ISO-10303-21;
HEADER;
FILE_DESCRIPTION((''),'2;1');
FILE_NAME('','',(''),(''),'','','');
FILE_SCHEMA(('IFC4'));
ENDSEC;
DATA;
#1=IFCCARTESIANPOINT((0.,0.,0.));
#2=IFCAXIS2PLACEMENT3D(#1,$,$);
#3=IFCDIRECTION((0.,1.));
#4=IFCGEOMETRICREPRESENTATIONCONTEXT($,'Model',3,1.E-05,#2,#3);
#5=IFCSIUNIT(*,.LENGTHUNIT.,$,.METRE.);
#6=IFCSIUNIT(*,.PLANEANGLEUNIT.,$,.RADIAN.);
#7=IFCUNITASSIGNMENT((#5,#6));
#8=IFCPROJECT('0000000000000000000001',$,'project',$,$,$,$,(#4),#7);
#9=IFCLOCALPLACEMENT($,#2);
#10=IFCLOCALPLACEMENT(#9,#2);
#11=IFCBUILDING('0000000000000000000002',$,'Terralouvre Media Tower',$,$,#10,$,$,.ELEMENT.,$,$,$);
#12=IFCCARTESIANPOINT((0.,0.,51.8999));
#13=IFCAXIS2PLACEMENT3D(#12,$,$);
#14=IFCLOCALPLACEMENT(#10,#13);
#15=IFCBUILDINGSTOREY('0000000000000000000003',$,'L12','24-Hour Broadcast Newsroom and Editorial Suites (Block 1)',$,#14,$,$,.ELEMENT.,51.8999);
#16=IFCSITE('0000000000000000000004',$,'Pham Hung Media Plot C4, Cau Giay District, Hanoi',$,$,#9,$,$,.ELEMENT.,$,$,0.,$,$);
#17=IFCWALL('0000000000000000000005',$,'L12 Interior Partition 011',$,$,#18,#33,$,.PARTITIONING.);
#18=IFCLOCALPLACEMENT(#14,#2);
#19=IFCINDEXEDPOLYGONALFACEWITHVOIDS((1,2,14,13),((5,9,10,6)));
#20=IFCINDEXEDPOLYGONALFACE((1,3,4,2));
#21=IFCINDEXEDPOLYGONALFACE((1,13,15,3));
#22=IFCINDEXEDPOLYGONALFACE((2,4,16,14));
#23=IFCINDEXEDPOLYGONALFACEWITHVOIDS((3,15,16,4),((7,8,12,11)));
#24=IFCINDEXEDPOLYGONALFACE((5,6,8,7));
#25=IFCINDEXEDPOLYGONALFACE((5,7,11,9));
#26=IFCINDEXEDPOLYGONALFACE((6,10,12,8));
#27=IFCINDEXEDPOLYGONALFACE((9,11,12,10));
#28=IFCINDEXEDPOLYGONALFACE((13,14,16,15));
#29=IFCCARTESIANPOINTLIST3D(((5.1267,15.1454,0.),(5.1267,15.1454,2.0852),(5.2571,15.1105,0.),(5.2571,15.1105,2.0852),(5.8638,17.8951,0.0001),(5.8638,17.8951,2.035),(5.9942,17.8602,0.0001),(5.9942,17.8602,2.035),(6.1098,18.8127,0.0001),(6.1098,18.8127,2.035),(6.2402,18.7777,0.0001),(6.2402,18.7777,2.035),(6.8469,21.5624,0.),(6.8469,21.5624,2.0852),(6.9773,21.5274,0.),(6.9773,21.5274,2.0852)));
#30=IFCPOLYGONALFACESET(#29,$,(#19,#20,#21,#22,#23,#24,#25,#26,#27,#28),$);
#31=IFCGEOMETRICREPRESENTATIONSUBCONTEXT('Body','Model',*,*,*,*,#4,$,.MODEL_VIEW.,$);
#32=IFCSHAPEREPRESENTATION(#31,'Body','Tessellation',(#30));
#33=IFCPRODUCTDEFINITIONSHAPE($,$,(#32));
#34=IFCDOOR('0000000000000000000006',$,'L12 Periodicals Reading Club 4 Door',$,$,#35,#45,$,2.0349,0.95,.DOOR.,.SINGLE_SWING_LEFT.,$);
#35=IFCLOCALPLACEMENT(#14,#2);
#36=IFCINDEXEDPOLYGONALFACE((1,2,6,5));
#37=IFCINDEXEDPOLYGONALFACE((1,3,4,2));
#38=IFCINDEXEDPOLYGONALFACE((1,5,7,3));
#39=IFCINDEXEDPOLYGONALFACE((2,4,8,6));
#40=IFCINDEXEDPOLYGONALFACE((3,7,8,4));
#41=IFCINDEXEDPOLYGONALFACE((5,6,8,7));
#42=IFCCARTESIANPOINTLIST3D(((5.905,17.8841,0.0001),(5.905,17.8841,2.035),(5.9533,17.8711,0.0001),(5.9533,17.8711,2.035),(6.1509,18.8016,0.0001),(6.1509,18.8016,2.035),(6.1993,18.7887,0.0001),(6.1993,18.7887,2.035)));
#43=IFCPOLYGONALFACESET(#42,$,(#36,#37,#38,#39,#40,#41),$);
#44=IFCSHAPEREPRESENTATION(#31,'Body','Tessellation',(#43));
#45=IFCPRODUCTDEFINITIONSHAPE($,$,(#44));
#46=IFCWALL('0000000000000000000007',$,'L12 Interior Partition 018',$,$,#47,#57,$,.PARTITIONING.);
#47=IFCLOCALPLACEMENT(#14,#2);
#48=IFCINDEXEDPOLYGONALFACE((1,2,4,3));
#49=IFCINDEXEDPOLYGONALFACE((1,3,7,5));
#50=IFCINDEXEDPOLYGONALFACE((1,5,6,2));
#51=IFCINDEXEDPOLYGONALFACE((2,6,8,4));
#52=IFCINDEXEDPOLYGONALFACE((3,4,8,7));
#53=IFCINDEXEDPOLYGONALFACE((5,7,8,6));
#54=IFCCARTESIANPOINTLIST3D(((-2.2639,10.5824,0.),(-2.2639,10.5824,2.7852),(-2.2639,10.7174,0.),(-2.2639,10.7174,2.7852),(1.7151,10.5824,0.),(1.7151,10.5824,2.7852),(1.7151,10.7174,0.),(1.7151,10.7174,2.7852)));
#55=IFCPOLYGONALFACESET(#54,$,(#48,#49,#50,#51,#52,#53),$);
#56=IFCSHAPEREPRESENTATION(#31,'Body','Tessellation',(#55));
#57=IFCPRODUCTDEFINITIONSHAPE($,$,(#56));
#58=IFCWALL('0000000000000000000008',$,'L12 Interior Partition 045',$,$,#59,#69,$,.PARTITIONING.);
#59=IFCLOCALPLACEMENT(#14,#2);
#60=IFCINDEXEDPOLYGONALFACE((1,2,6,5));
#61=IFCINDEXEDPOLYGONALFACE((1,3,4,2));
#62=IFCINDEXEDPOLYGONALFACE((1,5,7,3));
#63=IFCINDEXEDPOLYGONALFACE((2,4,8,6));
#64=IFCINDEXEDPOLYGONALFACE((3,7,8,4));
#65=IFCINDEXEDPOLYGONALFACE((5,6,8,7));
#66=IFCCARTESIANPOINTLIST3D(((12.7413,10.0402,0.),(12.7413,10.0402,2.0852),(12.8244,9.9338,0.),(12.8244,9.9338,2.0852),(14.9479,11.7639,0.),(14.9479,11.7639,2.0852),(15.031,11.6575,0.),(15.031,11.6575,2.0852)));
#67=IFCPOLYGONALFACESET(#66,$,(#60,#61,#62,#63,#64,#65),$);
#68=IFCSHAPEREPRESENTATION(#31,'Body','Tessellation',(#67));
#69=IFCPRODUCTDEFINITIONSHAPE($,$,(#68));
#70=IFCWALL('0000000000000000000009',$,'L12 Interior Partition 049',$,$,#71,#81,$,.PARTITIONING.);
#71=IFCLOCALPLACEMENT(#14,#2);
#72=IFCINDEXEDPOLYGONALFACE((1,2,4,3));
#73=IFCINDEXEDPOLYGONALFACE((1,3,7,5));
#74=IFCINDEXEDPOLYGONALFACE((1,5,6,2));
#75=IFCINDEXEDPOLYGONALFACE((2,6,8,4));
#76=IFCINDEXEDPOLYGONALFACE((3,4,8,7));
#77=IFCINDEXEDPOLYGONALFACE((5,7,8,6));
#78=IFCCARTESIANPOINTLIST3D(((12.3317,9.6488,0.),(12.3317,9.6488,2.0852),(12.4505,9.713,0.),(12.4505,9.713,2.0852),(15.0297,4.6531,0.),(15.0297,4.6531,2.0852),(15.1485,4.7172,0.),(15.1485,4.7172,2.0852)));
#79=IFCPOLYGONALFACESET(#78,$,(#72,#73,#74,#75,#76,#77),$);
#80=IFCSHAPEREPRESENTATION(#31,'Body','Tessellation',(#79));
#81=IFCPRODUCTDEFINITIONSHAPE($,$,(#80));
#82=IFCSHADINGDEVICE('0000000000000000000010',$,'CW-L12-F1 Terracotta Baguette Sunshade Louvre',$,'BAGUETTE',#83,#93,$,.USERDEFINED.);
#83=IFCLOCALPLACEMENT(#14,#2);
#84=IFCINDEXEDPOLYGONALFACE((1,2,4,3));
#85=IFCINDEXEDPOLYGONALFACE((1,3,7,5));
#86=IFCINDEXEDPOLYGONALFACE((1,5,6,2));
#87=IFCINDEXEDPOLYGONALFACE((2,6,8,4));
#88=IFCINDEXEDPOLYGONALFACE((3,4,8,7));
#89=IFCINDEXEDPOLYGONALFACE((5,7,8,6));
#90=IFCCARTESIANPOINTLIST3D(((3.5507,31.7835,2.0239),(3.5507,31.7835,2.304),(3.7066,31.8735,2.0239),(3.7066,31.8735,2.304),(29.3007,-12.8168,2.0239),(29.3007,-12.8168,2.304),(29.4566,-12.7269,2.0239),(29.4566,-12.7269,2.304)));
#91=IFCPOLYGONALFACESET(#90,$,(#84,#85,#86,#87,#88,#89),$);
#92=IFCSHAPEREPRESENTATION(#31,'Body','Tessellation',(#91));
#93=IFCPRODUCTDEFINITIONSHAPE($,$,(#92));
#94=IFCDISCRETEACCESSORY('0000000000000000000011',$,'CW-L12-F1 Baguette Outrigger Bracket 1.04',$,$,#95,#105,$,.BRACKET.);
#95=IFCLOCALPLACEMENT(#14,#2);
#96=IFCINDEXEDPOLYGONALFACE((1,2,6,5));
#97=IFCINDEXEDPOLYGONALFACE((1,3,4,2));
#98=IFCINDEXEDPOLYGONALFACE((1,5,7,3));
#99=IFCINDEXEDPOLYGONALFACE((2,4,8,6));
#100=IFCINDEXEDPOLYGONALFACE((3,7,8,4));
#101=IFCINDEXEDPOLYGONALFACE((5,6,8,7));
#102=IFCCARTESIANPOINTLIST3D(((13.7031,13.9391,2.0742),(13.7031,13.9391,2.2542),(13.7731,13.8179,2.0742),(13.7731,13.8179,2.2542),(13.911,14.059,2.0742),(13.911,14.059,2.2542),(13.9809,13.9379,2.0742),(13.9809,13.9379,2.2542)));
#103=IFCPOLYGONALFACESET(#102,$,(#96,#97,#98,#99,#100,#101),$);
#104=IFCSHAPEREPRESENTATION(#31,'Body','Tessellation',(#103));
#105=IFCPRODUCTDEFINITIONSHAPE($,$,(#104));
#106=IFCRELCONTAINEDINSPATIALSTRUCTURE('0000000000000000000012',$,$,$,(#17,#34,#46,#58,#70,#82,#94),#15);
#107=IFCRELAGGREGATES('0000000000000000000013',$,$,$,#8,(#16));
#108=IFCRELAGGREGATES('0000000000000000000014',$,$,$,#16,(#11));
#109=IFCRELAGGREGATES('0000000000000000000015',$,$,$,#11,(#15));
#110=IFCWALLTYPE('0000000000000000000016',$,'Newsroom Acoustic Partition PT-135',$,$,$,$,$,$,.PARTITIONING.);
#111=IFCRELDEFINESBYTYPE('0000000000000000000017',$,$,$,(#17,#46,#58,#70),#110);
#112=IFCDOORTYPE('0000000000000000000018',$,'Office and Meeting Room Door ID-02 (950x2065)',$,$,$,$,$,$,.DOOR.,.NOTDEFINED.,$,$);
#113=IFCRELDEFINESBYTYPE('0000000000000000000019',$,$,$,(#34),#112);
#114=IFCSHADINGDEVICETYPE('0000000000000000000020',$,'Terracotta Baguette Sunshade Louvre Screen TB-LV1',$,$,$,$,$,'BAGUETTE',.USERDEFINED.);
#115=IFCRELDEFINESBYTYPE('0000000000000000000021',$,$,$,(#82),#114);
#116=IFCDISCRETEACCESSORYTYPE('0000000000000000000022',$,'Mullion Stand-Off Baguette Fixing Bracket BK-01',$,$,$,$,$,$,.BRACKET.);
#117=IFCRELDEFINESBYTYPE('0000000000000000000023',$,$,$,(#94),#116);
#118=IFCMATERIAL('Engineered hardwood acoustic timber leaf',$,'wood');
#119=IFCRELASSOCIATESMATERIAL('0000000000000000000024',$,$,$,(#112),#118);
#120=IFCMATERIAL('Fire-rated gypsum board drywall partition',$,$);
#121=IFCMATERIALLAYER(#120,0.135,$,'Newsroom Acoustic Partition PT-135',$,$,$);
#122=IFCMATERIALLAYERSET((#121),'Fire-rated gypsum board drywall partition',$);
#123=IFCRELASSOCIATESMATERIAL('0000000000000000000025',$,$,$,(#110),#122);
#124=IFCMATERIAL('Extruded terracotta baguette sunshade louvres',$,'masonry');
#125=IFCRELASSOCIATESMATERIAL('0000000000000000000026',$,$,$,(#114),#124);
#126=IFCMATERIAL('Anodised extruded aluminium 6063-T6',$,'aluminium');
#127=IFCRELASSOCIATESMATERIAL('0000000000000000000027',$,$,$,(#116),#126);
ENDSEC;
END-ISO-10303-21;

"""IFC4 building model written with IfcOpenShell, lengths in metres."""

from ifc_helpers import new_model, si_unit, direction, frame, frame_2d, origin, origin_2d, place, context, subcontext, project, spatial, rectangle, extrude, material, layer, layer_set, type_object, element, fill, save


model = new_model("IFC4")

# Units and contexts
model_context = context("Model", 3, precision=1e-05, world=origin(), true_north=direction((0.0, 1.0)))
body_context = subcontext(model_context, "Body", "Model", "MODEL_VIEW")
ifc_project = project(units=[si_unit("LENGTHUNIT", "METRE"), si_unit("PLANEANGLEUNIT", "RADIAN")], contexts=[model_context])

# Site, building, storey
site_placement = place(None, origin())
site = spatial("IfcSite", under=ifc_project, at=site_placement, Name="Pham Hung Media Plot C4, Cau Giay District, Hanoi", CompositionType="ELEMENT", RefElevation=0.0)
building_placement = place(site_placement, origin())
building = spatial("IfcBuilding", under=site, at=building_placement, Name="Terralouvre Media Tower", CompositionType="ELEMENT")
storey_placement = place(building_placement, frame((0.0, 0.0, 51.8999)))
storey = spatial("IfcBuildingStorey", under=building, at=storey_placement, Name="L12", Description="24-Hour Broadcast Newsroom and Editorial Suites (Block 1)", CompositionType="ELEMENT", Elevation=51.8999)

# Shared definitions
ifc_material_1 = material(Name="Engineered hardwood acoustic timber leaf", Category="wood")
door_type = type_object("IfcDoorType", Name="Office and Meeting Room Door ID-02 (950x2065)", OperationType="NOTDEFINED", PredefinedType="DOOR", material=ifc_material_1)

# Wall, opening, door
ifc_material_2 = material(Name="Fire-rated gypsum board drywall partition")
ifc_layer_1 = layer(ifc_material_2, 0.135, Name="Newsroom Acoustic Partition PT-135")
ifc_layer_set_1 = layer_set([ifc_layer_1], Name="Fire-rated gypsum board drywall partition")
wall_type_1 = type_object("IfcWallType", Name="Newsroom Acoustic Partition PT-135", PredefinedType="PARTITIONING", material=ifc_layer_set_1)
wall_1_placement = place(storey_placement, frame((5.1919, 15.1279, 0.0), z_axis=(0.0, 0.0, 1.0), x_axis=(0.25893, 0.965896, 0.0)))
wall_1 = element("IfcWall", 1, at=wall_1_placement, inside=storey, type_object=wall_type_1, Name="L12 Interior Partition 011", PredefinedType="PARTITIONING", context=body_context, shape_type="SweptSolid", body=[
    extrude(rectangle(XDim=6.6436, YDim=0.135, at=frame_2d((3.3218, 0.0))), origin(), (0.0, 0.0, 1.0), 2.0852),
])
opening_1_placement = place(wall_1_placement, frame((2.8467, 0.0, 0.0)))
opening_1 = element("IfcOpeningElement", 2, at=opening_1_placement, cuts=wall_1, PredefinedType="OPENING", context=body_context, shape_type="SweptSolid", body=[
    extrude(rectangle(XDim=0.95, YDim=2.0349, at=frame_2d((0.4751, 1.0176))), frame((0.0, 0.0774, 0.0), z_axis=(0.0, -1.0, 0.0), x_axis=(1.0, 0.0, 0.0)), (0.0, 0.0, 1.0), 0.155),
])
door_1_placement = place(opening_1_placement, origin())
door_1 = element("IfcDoor", 3, at=door_1_placement, inside=storey, type_object=door_type, Name="L12 Periodicals Reading Club 4 Door", OperationType="SINGLE_SWING_LEFT", OverallHeight=2.0349, OverallWidth=0.95, PredefinedType="DOOR", context=body_context, shape_type="SweptSolid", body=[
    extrude(rectangle(XDim=0.95, YDim=2.0349, at=frame_2d((0.4751, 1.0176))), frame((0.0, 0.0249, 0.0), z_axis=(0.0, -1.0, 0.0), x_axis=(1.0, 0.0, 0.0)), (0.0, 0.0, 1.0), 0.05),
])
fill(opening_1, door_1)

# Walls
wall_2_placement = place(storey_placement, frame((1.7151, 10.6499, 0.0), z_axis=(0.0, 0.0, 1.0), x_axis=(-1.0, 0.0, 0.0)))
element("IfcWall", 4, at=wall_2_placement, inside=storey, type_object=wall_type_1, Name="L12 Interior Partition 018", PredefinedType="PARTITIONING", context=body_context, shape_type="SweptSolid", body=[
    extrude(rectangle(XDim=3.979, YDim=0.135, at=frame_2d((1.9895, 0.0))), origin(), (0.0, 0.0, 1.0), 2.7852),
])
wall_3_placement = place(storey_placement, frame((12.783, 9.9871, 0.0), z_axis=(0.0, 0.0, 1.0), x_axis=(0.788064, 0.615593, 0.0)))
element("IfcWall", 5, at=wall_3_placement, inside=storey, type_object=wall_type_1, Name="L12 Interior Partition 045", PredefinedType="PARTITIONING", context=body_context, shape_type="SweptSolid", body=[
    extrude(rectangle(XDim=2.8, YDim=0.135, at=frame_2d((1.3999, 0.0))), origin(), (0.0, 0.0, 1.0), 2.0852),
])
wall_4_placement = place(storey_placement, frame((12.3911, 9.6809, 0.0), z_axis=(0.0, 0.0, 1.0), x_axis=(0.475182, -0.879888, 0.0)))
element("IfcWall", 6, at=wall_4_placement, inside=storey, type_object=wall_type_1, Name="L12 Interior Partition 049", PredefinedType="PARTITIONING", context=body_context, shape_type="SweptSolid", body=[
    extrude(rectangle(XDim=5.6777, YDim=0.135, at=frame_2d((2.8389, 0.0))), origin(), (0.0, 0.0, 1.0), 2.0852),
])

# Shading device
ifc_material_3 = material(Name="Extruded terracotta baguette sunshade louvres", Category="masonry")
shading_device_type = type_object("IfcShadingDeviceType", Name="Terracotta Baguette Sunshade Louvre Screen TB-LV1", ElementType="BAGUETTE", PredefinedType="USERDEFINED", material=ifc_material_3)
shading_device_placement = place(storey_placement, frame((16.5037, 9.5283, 2.0239), z_axis=(0.0, 0.0, 1.0), x_axis=(-0.5, 0.866025, 0.0)))
element("IfcShadingDevice", 7, at=shading_device_placement, inside=storey, type_object=shading_device_type, Name="CW-L12-F1 Terracotta Baguette Sunshade Louvre", ObjectType="BAGUETTE", PredefinedType="USERDEFINED", context=body_context, shape_type="SweptSolid", body=[
    extrude(rectangle(XDim=51.5, YDim=0.1799, at=origin_2d()), origin(), (0.0, 0.0, 1.0), 0.28),
])

# Discrete accessory
ifc_material_4 = material(Name="Anodised extruded aluminium 6063-T6", Category="aluminium")
discrete_accessory_type = type_object("IfcDiscreteAccessoryType", Name="Mullion Stand-Off Baguette Fixing Bracket BK-01", PredefinedType="BRACKET", material=ifc_material_4)
discrete_accessory_placement = place(storey_placement, frame((13.842, 13.9385, 2.0742), z_axis=(0.0, 0.0, 1.0), x_axis=(-0.5, 0.866025, 0.0)))
element("IfcDiscreteAccessory", 8, at=discrete_accessory_placement, inside=storey, type_object=discrete_accessory_type, Name="CW-L12-F1 Baguette Outrigger Bracket 1.04", PredefinedType="BRACKET", context=body_context, shape_type="SweptSolid", body=[
    extrude(rectangle(XDim=0.1399, YDim=0.24, at=origin_2d()), origin(), (0.0, 0.0, 1.0), 0.1799),
])

save(model, "model.ifc")
